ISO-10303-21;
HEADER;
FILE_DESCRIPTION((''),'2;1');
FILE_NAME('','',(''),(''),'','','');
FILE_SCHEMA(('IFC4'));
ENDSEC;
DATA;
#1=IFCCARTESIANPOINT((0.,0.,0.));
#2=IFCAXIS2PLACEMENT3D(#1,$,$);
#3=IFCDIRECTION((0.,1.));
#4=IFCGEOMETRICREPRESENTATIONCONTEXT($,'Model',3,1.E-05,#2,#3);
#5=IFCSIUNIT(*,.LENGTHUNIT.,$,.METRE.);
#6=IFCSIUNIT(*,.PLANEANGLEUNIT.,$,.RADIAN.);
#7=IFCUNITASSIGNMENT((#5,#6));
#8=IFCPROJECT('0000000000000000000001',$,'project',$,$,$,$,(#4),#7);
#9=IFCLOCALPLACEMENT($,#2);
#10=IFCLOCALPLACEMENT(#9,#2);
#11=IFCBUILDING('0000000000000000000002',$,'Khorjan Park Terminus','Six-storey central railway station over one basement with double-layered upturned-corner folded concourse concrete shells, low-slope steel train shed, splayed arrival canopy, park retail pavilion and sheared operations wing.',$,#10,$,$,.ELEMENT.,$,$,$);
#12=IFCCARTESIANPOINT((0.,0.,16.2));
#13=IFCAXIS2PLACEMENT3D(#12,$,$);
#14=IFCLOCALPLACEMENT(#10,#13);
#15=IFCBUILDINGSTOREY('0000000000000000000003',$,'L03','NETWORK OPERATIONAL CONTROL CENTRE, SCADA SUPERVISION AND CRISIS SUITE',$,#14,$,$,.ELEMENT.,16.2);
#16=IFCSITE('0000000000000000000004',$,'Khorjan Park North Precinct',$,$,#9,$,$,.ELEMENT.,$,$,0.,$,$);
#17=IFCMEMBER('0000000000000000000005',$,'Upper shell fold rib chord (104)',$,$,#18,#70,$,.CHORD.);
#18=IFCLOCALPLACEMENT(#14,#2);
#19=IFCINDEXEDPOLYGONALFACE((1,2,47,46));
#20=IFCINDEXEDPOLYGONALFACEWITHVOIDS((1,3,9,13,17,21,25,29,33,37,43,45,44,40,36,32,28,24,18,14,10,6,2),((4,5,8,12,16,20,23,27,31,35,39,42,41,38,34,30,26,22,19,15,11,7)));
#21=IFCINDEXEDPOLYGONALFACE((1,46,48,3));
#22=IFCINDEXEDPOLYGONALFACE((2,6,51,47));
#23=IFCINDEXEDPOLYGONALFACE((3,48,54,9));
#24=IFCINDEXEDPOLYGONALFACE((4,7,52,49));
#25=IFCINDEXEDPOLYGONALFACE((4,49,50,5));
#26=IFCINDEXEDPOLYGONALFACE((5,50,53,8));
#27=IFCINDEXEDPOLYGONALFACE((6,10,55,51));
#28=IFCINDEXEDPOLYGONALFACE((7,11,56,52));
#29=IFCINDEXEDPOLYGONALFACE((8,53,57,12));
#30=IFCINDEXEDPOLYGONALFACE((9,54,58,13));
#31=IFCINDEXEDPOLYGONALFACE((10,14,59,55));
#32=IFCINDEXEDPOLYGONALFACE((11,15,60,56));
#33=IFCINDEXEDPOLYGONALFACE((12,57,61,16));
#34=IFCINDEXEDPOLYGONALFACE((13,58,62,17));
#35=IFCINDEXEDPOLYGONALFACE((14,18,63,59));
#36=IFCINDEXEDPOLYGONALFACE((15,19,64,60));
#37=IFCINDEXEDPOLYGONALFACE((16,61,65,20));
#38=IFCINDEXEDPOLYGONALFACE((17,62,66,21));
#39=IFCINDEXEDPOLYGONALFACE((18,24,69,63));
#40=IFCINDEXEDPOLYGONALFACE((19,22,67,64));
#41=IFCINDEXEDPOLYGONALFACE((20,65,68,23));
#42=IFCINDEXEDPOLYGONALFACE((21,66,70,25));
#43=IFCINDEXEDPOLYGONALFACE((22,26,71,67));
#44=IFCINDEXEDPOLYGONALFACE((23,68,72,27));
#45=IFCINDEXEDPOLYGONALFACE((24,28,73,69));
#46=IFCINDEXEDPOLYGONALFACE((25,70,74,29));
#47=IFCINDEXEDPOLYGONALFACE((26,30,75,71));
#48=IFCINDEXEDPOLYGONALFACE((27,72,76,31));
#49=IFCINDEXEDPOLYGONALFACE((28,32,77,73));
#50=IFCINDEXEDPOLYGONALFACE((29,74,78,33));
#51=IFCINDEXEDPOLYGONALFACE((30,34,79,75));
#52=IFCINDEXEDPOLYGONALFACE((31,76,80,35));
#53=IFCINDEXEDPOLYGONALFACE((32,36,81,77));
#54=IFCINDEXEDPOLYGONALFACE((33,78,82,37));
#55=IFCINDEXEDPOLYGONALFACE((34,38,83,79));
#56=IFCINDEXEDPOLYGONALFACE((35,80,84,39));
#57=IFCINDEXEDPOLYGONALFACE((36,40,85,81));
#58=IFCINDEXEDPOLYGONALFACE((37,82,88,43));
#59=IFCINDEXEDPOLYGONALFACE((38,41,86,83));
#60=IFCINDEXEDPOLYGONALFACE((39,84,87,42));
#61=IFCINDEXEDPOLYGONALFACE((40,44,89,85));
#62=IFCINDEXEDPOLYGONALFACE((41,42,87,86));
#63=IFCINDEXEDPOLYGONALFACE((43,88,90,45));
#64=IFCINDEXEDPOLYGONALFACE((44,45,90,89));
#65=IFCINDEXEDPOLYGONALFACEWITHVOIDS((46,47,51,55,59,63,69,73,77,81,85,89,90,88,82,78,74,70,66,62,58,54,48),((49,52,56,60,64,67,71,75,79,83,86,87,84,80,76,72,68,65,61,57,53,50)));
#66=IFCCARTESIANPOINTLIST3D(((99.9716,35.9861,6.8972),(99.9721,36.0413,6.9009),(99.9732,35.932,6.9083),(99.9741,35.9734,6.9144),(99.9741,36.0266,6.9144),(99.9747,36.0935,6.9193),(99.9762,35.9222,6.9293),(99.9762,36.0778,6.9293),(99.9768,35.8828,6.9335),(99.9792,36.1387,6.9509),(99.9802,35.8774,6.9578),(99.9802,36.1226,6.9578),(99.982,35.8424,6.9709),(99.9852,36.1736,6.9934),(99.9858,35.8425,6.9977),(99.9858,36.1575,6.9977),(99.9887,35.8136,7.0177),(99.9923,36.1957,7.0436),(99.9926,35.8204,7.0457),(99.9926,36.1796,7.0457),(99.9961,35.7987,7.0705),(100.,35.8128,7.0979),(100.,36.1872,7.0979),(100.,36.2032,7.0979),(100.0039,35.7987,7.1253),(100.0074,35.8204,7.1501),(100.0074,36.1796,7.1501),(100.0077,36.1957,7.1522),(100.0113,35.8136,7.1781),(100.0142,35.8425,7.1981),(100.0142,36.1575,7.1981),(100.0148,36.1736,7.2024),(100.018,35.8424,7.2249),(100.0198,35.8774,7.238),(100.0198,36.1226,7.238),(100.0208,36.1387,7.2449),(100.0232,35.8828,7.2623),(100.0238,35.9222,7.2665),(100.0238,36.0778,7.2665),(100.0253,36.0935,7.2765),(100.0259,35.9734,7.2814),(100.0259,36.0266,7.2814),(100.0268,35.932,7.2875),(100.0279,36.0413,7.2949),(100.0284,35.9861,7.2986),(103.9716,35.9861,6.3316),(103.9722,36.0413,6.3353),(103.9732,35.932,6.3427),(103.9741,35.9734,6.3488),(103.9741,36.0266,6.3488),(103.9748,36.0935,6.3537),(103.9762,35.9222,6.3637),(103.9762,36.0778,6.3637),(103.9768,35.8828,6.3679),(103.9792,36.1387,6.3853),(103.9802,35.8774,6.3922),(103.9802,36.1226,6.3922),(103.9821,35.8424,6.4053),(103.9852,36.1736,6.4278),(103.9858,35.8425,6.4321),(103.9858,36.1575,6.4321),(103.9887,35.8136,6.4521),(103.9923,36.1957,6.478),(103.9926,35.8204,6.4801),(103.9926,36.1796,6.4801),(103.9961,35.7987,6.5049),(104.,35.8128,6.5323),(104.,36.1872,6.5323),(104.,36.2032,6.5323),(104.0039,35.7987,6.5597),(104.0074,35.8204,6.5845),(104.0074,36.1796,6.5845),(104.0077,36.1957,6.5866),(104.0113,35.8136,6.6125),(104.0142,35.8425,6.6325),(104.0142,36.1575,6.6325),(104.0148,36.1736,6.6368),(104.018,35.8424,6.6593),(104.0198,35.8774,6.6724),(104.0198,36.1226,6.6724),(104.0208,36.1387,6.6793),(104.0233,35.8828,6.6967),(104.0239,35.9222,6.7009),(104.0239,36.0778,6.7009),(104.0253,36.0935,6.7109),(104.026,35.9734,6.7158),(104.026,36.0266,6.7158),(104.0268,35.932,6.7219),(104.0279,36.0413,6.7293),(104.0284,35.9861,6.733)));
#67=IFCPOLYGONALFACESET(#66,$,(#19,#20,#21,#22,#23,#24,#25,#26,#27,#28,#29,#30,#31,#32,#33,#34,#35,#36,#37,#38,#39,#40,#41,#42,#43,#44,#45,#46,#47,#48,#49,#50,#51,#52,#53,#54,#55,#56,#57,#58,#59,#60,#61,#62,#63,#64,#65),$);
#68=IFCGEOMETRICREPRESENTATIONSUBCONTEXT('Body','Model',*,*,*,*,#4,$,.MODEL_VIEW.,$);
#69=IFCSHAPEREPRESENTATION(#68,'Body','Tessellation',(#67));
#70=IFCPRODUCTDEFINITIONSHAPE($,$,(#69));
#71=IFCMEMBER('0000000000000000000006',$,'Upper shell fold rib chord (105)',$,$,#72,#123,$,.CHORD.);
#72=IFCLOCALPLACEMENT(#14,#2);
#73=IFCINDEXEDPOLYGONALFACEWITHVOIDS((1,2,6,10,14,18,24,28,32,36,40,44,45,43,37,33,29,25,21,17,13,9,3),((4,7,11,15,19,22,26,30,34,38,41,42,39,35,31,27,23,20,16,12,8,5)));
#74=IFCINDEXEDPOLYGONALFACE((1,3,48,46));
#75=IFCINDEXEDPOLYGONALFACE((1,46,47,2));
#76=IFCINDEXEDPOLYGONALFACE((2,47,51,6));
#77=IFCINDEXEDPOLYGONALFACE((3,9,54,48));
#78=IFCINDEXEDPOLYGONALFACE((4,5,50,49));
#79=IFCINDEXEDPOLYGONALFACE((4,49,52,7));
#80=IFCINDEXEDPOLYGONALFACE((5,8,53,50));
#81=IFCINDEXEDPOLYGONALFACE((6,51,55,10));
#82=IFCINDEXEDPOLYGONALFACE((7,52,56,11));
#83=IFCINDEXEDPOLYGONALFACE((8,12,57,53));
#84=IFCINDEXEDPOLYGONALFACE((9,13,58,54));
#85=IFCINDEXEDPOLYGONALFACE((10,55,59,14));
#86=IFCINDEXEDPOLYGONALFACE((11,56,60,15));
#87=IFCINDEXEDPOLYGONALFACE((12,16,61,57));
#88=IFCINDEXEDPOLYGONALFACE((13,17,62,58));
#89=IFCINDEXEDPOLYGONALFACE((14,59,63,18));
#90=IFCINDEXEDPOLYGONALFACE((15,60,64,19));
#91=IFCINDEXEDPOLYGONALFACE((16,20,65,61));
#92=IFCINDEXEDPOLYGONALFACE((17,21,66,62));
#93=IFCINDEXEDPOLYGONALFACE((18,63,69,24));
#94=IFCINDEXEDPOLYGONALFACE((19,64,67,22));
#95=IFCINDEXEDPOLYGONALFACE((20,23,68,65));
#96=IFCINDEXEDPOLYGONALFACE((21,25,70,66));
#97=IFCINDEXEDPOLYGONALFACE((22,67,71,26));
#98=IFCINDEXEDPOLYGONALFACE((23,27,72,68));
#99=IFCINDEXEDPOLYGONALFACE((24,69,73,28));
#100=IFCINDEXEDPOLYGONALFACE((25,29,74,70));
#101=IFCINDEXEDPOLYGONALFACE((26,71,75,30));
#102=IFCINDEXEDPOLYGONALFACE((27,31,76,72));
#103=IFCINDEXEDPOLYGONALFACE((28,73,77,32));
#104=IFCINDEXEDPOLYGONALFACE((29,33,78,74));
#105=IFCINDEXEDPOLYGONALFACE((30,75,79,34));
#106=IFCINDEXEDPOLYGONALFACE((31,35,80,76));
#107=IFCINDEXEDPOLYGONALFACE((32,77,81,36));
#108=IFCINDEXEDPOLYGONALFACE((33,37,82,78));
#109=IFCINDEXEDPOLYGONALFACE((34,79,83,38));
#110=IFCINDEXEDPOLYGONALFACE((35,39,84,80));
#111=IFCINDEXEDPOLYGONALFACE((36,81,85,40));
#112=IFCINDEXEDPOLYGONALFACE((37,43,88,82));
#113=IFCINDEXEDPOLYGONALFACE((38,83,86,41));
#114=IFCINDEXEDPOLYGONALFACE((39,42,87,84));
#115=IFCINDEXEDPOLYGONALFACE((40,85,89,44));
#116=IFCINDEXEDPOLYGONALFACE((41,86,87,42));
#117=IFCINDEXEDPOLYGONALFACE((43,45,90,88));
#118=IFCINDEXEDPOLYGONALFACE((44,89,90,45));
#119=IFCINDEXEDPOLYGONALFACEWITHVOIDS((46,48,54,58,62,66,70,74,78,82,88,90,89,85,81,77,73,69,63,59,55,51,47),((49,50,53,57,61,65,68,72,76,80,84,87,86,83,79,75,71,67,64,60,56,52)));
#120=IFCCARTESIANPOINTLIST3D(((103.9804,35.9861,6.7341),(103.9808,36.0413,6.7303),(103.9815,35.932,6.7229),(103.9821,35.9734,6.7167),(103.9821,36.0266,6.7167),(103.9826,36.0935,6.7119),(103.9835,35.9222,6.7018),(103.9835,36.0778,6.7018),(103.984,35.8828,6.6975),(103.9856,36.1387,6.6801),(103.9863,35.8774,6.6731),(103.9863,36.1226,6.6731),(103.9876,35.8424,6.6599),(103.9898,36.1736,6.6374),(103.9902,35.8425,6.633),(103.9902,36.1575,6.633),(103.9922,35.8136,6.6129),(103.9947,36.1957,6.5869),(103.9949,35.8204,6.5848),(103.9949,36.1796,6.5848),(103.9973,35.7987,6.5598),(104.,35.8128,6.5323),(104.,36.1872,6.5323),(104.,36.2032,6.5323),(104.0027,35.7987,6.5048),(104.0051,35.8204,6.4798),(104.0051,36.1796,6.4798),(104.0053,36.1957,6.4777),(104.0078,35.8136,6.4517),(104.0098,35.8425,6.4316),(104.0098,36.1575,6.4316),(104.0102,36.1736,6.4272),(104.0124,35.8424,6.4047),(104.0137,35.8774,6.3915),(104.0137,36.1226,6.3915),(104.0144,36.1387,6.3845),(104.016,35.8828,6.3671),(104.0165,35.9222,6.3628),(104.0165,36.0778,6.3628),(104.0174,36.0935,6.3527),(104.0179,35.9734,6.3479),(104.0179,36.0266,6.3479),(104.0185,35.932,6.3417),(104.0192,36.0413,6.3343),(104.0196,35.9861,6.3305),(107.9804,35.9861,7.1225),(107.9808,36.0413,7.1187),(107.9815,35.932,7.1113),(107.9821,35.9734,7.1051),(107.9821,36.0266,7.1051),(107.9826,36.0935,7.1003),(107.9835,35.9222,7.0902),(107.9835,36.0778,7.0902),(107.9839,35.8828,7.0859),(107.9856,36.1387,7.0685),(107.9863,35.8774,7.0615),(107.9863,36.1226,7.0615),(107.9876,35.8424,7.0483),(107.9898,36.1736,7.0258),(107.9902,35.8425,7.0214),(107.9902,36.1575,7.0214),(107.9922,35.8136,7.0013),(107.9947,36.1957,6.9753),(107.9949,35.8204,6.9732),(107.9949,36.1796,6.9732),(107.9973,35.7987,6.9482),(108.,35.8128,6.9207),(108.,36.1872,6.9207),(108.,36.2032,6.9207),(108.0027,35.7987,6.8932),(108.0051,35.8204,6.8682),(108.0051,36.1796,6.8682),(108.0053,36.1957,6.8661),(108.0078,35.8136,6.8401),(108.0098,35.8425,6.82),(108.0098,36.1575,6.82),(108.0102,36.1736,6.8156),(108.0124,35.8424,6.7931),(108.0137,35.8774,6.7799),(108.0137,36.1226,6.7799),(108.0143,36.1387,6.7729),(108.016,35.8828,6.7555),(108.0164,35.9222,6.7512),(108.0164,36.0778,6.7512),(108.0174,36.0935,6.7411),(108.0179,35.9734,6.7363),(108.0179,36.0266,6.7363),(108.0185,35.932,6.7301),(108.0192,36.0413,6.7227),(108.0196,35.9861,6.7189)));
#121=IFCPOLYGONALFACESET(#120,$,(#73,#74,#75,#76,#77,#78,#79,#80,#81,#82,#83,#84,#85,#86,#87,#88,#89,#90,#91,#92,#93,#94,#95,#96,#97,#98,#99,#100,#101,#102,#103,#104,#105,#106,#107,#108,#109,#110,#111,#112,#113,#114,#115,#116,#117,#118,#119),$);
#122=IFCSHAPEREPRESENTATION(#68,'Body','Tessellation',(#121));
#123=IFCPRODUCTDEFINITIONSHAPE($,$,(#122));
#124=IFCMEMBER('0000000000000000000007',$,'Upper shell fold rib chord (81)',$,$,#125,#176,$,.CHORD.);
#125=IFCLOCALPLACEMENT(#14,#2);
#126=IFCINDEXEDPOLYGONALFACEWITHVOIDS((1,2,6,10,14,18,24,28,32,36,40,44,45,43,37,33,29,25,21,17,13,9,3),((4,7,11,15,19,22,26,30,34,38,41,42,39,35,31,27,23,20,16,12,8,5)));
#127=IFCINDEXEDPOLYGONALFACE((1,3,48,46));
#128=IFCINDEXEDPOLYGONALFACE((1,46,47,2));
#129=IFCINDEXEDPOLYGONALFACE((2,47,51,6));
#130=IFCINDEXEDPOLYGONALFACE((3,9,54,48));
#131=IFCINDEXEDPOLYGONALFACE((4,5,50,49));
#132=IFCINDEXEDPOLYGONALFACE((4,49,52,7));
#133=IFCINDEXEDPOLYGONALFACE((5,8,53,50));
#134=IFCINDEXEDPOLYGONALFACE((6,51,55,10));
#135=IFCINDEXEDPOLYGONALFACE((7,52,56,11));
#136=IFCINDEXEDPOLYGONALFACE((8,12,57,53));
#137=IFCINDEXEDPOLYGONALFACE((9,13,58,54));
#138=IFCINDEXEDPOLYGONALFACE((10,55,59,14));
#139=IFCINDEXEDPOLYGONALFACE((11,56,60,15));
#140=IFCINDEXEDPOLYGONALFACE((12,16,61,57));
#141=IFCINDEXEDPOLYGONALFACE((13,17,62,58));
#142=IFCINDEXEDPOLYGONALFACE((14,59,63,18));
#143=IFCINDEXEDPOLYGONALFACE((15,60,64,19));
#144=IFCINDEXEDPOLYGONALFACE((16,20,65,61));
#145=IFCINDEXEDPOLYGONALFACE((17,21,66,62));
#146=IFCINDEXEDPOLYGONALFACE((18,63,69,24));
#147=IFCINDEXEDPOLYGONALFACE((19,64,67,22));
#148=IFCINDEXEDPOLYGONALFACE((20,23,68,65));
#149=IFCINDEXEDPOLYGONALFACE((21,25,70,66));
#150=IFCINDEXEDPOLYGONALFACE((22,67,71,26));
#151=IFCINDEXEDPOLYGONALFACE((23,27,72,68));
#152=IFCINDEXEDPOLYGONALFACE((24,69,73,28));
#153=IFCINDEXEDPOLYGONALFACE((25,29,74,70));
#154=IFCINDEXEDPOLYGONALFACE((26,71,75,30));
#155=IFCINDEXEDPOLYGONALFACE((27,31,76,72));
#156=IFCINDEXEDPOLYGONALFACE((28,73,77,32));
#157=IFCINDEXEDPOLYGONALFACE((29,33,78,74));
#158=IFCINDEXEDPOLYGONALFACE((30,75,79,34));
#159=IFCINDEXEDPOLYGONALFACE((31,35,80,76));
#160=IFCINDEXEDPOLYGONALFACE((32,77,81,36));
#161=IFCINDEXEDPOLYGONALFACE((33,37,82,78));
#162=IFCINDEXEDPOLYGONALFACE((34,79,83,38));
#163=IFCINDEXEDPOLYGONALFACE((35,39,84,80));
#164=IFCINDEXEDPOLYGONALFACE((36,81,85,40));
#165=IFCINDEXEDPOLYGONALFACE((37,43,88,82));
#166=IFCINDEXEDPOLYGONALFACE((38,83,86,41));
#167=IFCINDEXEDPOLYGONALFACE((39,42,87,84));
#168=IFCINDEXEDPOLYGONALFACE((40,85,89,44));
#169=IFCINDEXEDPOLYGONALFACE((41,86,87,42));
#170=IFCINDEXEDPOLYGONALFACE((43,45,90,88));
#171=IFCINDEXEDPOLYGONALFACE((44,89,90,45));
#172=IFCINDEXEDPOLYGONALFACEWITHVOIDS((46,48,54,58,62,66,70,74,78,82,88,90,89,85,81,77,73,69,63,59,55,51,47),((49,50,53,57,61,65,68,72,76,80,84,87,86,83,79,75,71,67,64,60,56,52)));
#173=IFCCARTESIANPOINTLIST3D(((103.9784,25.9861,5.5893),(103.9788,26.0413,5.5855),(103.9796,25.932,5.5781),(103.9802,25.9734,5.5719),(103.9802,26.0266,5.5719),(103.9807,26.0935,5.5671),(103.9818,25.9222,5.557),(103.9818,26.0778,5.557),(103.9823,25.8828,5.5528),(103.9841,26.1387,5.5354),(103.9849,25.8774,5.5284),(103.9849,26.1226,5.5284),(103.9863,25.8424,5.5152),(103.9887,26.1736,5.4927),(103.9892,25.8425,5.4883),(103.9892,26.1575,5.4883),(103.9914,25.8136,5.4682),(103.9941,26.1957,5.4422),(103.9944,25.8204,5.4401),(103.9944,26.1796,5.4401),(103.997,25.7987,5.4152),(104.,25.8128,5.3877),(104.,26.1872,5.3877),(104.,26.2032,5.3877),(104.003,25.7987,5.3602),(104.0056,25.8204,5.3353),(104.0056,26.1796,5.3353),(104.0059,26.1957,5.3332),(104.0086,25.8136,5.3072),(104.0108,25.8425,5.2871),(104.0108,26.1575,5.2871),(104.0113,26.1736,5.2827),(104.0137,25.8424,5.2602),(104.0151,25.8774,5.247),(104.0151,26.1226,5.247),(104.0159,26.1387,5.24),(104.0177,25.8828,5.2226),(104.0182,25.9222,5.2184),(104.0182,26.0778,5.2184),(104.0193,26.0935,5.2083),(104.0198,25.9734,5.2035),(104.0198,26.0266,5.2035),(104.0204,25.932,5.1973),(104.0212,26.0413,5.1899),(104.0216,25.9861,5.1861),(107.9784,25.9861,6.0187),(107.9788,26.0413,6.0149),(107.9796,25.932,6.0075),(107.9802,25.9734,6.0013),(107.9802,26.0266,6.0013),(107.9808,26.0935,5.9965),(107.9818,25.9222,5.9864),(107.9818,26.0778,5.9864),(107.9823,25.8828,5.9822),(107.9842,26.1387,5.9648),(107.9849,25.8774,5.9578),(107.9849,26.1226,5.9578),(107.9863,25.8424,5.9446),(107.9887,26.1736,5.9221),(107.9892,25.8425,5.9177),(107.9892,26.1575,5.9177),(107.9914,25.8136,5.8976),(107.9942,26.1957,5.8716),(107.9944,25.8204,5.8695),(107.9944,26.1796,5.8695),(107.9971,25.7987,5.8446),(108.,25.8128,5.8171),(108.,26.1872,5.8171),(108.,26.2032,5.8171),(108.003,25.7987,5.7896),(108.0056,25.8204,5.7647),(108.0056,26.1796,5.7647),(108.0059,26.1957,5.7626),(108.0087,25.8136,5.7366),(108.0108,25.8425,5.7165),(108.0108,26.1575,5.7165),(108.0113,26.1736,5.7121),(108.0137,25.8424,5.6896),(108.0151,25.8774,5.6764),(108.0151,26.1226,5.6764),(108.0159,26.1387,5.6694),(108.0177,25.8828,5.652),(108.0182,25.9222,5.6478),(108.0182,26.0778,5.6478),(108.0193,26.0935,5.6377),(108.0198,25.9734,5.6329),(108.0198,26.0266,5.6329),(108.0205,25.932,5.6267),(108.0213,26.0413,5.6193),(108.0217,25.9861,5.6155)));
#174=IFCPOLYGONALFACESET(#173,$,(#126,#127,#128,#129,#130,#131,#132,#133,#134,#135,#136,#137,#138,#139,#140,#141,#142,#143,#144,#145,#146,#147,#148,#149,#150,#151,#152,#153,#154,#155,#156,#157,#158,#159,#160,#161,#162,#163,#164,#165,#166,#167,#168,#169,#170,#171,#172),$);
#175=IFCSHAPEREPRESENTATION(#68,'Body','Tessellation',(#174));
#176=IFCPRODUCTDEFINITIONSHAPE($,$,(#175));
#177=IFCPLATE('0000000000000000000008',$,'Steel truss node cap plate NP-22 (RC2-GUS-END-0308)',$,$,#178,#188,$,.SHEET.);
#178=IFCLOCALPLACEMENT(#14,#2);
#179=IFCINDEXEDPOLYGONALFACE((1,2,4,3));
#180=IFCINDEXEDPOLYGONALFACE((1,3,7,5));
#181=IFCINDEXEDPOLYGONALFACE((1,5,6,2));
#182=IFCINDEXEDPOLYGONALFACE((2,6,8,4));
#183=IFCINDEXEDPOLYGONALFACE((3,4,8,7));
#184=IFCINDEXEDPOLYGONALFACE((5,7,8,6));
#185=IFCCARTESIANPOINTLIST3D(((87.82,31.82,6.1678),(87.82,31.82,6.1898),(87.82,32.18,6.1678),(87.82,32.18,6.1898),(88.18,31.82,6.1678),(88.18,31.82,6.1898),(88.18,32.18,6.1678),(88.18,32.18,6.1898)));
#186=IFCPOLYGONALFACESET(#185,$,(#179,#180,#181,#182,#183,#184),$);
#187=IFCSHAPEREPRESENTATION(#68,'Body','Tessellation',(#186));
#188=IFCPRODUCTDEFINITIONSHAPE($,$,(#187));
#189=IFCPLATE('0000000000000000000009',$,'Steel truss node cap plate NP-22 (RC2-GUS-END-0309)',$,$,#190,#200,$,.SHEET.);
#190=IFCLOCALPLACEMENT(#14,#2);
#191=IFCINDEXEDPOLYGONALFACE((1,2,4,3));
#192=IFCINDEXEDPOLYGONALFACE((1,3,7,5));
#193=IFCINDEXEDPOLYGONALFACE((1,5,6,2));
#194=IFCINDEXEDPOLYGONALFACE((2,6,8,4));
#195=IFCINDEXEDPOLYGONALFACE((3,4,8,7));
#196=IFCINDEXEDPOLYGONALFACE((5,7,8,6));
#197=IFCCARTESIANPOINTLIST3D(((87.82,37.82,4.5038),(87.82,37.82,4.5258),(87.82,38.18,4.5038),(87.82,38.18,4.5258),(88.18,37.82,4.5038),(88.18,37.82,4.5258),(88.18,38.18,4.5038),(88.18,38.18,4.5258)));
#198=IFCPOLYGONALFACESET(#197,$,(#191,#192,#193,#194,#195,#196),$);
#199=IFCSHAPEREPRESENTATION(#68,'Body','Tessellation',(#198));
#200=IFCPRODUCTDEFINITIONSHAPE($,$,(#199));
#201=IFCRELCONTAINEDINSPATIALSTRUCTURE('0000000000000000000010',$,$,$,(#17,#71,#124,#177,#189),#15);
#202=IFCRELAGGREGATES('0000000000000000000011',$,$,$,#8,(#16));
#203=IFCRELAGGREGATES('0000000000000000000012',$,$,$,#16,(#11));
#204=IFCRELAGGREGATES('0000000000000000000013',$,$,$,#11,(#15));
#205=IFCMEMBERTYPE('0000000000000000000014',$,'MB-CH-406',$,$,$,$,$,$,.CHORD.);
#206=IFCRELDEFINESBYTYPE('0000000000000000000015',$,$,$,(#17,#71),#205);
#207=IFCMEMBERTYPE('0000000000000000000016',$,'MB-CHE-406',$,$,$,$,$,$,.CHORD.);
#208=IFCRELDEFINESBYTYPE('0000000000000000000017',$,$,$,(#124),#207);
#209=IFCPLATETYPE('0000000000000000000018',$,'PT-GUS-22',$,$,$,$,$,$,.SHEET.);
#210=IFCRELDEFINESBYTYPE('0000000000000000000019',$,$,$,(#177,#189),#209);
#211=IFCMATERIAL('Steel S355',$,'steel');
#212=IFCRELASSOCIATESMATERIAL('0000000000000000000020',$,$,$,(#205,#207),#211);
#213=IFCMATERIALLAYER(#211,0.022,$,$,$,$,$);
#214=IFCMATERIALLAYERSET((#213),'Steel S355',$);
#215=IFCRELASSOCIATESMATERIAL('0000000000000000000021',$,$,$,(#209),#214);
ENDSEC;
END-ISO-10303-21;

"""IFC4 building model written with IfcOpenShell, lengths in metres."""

from ifc_helpers import new_model, si_unit, direction, frame, origin, origin_2d, place, context, subcontext, project, spatial, rectangle, hollow_circle, extrude, material, layer, layer_set, material_profile, profile_set, type_object, element, save


model = new_model("IFC4")

# Units and contexts
model_context = context("Model", 3, precision=1e-05, world=origin(), true_north=direction((0.0, 1.0)))
body_context = subcontext(model_context, "Body", "Model", "MODEL_VIEW")
ifc_project = project(units=[si_unit("LENGTHUNIT", "METRE"), si_unit("PLANEANGLEUNIT", "RADIAN")], contexts=[model_context])

# Site, building, storey
site_placement = place(None, origin())
site = spatial("IfcSite", under=ifc_project, at=site_placement, Name="Khorjan Park North Precinct", CompositionType="ELEMENT", RefElevation=0.0)
building_placement = place(site_placement, origin())
building = spatial("IfcBuilding", under=site, at=building_placement, Name="Khorjan Park Terminus", Description="Six-storey central railway station over one basement with double-layered upturned-corner folded concourse concrete shells, low-slope steel train shed, splayed arrival canopy, park retail pavilion and sheared operations wing.", CompositionType="ELEMENT")
storey_placement = place(building_placement, frame((0.0, 0.0, 16.2)))
storey = spatial("IfcBuildingStorey", under=building, at=storey_placement, Name="L03", Description="NETWORK OPERATIONAL CONTROL CENTRE, SCADA SUPERVISION AND CRISIS SUITE", CompositionType="ELEMENT", Elevation=16.2)

# Members
ifc_material_1 = material(Name="Steel S355", Category="steel")
ifc_material_profile_1 = material_profile(ifc_material_1, hollow_circle(Radius=0.2032, WallThickness=0.016, at=origin_2d()), Name="CHS 406.4x16")
ifc_profile_set_1 = profile_set([ifc_material_profile_1], Name="Steel S355")
member_type_1 = type_object("IfcMemberType", Name="MB-CH-406", PredefinedType="CHORD", material=ifc_profile_set_1)
member_1_placement = place(storey_placement, frame((100.0, 36.0, 7.0979), z_axis=(0.99015, 0.0, -0.140007), x_axis=(0.0, 1.0, 0.0)))
element("IfcMember", 1, at=member_1_placement, inside=storey, type_object=member_type_1, Name="Upper shell fold rib chord (104)", PredefinedType="CHORD", context=body_context, shape_type="SweptSolid", body=[
    extrude(hollow_circle(Radius=0.2032, WallThickness=0.016, at=origin_2d()), origin(), (0.0, 0.0, 1.0), 4.0398),
])
member_2_placement = place(storey_placement, frame((104.0, 36.0, 6.5323), z_axis=(0.995319, 0.0, 0.096645), x_axis=(0.0, 1.0, 0.0)))
element("IfcMember", 2, at=member_2_placement, inside=storey, type_object=member_type_1, Name="Upper shell fold rib chord (105)", PredefinedType="CHORD", context=body_context, shape_type="SweptSolid", body=[
    extrude(hollow_circle(Radius=0.2032, WallThickness=0.016, at=origin_2d()), origin(), (0.0, 0.0, 1.0), 4.0188),
])
ifc_material_profile_2 = material_profile(ifc_material_1, hollow_circle(Radius=0.2032, WallThickness=0.016, at=origin_2d()), Name="CHS 406.4x16")
ifc_profile_set_2 = profile_set([ifc_material_profile_2], Name="Steel S355")
member_type_2 = type_object("IfcMemberType", Name="MB-CHE-406", PredefinedType="CHORD", material=ifc_profile_set_2)
member_3_placement = place(storey_placement, frame((104.0, 26.0, 5.3877), z_axis=(0.994287, 0.0, 0.106737), x_axis=(0.0, 1.0, 0.0)))
element("IfcMember", 3, at=member_3_placement, inside=storey, type_object=member_type_2, Name="Upper shell fold rib chord (81)", PredefinedType="CHORD", context=body_context, shape_type="SweptSolid", body=[
    extrude(hollow_circle(Radius=0.2032, WallThickness=0.016, at=origin_2d()), origin(), (0.0, 0.0, 1.0), 4.023),
])

# Plates
ifc_layer = layer(ifc_material_1, 0.022)
ifc_layer_set = layer_set([ifc_layer], Name="Steel S355")
plate_type = type_object("IfcPlateType", Name="PT-GUS-22", PredefinedType="SHEET", material=ifc_layer_set)
for number, where, z_axis, x_axis, name in (
    (4, (88.0, 32.0, 6.1678), (0.0, 0.0, 1.0), (1.0, 0.0, 0.0), "Steel truss node cap plate NP-22 (RC2-GUS-END-0308)"),
    (5, (88.0, 38.0, 4.5038), (0.0, 0.0, 1.0), (1.0, 0.0, 0.0), "Steel truss node cap plate NP-22 (RC2-GUS-END-0309)"),
):
    element("IfcPlate", number, at=place(storey_placement, frame(where, z_axis=z_axis, x_axis=x_axis)), inside=storey, type_object=plate_type, Name=name, PredefinedType="SHEET", context=body_context, shape_type="SweptSolid", body=[
        extrude(rectangle(XDim=0.36, YDim=0.36, at=origin_2d()), origin(), (0.0, 0.0, 1.0), 0.022),
    ])

save(model, "model.ifc")
